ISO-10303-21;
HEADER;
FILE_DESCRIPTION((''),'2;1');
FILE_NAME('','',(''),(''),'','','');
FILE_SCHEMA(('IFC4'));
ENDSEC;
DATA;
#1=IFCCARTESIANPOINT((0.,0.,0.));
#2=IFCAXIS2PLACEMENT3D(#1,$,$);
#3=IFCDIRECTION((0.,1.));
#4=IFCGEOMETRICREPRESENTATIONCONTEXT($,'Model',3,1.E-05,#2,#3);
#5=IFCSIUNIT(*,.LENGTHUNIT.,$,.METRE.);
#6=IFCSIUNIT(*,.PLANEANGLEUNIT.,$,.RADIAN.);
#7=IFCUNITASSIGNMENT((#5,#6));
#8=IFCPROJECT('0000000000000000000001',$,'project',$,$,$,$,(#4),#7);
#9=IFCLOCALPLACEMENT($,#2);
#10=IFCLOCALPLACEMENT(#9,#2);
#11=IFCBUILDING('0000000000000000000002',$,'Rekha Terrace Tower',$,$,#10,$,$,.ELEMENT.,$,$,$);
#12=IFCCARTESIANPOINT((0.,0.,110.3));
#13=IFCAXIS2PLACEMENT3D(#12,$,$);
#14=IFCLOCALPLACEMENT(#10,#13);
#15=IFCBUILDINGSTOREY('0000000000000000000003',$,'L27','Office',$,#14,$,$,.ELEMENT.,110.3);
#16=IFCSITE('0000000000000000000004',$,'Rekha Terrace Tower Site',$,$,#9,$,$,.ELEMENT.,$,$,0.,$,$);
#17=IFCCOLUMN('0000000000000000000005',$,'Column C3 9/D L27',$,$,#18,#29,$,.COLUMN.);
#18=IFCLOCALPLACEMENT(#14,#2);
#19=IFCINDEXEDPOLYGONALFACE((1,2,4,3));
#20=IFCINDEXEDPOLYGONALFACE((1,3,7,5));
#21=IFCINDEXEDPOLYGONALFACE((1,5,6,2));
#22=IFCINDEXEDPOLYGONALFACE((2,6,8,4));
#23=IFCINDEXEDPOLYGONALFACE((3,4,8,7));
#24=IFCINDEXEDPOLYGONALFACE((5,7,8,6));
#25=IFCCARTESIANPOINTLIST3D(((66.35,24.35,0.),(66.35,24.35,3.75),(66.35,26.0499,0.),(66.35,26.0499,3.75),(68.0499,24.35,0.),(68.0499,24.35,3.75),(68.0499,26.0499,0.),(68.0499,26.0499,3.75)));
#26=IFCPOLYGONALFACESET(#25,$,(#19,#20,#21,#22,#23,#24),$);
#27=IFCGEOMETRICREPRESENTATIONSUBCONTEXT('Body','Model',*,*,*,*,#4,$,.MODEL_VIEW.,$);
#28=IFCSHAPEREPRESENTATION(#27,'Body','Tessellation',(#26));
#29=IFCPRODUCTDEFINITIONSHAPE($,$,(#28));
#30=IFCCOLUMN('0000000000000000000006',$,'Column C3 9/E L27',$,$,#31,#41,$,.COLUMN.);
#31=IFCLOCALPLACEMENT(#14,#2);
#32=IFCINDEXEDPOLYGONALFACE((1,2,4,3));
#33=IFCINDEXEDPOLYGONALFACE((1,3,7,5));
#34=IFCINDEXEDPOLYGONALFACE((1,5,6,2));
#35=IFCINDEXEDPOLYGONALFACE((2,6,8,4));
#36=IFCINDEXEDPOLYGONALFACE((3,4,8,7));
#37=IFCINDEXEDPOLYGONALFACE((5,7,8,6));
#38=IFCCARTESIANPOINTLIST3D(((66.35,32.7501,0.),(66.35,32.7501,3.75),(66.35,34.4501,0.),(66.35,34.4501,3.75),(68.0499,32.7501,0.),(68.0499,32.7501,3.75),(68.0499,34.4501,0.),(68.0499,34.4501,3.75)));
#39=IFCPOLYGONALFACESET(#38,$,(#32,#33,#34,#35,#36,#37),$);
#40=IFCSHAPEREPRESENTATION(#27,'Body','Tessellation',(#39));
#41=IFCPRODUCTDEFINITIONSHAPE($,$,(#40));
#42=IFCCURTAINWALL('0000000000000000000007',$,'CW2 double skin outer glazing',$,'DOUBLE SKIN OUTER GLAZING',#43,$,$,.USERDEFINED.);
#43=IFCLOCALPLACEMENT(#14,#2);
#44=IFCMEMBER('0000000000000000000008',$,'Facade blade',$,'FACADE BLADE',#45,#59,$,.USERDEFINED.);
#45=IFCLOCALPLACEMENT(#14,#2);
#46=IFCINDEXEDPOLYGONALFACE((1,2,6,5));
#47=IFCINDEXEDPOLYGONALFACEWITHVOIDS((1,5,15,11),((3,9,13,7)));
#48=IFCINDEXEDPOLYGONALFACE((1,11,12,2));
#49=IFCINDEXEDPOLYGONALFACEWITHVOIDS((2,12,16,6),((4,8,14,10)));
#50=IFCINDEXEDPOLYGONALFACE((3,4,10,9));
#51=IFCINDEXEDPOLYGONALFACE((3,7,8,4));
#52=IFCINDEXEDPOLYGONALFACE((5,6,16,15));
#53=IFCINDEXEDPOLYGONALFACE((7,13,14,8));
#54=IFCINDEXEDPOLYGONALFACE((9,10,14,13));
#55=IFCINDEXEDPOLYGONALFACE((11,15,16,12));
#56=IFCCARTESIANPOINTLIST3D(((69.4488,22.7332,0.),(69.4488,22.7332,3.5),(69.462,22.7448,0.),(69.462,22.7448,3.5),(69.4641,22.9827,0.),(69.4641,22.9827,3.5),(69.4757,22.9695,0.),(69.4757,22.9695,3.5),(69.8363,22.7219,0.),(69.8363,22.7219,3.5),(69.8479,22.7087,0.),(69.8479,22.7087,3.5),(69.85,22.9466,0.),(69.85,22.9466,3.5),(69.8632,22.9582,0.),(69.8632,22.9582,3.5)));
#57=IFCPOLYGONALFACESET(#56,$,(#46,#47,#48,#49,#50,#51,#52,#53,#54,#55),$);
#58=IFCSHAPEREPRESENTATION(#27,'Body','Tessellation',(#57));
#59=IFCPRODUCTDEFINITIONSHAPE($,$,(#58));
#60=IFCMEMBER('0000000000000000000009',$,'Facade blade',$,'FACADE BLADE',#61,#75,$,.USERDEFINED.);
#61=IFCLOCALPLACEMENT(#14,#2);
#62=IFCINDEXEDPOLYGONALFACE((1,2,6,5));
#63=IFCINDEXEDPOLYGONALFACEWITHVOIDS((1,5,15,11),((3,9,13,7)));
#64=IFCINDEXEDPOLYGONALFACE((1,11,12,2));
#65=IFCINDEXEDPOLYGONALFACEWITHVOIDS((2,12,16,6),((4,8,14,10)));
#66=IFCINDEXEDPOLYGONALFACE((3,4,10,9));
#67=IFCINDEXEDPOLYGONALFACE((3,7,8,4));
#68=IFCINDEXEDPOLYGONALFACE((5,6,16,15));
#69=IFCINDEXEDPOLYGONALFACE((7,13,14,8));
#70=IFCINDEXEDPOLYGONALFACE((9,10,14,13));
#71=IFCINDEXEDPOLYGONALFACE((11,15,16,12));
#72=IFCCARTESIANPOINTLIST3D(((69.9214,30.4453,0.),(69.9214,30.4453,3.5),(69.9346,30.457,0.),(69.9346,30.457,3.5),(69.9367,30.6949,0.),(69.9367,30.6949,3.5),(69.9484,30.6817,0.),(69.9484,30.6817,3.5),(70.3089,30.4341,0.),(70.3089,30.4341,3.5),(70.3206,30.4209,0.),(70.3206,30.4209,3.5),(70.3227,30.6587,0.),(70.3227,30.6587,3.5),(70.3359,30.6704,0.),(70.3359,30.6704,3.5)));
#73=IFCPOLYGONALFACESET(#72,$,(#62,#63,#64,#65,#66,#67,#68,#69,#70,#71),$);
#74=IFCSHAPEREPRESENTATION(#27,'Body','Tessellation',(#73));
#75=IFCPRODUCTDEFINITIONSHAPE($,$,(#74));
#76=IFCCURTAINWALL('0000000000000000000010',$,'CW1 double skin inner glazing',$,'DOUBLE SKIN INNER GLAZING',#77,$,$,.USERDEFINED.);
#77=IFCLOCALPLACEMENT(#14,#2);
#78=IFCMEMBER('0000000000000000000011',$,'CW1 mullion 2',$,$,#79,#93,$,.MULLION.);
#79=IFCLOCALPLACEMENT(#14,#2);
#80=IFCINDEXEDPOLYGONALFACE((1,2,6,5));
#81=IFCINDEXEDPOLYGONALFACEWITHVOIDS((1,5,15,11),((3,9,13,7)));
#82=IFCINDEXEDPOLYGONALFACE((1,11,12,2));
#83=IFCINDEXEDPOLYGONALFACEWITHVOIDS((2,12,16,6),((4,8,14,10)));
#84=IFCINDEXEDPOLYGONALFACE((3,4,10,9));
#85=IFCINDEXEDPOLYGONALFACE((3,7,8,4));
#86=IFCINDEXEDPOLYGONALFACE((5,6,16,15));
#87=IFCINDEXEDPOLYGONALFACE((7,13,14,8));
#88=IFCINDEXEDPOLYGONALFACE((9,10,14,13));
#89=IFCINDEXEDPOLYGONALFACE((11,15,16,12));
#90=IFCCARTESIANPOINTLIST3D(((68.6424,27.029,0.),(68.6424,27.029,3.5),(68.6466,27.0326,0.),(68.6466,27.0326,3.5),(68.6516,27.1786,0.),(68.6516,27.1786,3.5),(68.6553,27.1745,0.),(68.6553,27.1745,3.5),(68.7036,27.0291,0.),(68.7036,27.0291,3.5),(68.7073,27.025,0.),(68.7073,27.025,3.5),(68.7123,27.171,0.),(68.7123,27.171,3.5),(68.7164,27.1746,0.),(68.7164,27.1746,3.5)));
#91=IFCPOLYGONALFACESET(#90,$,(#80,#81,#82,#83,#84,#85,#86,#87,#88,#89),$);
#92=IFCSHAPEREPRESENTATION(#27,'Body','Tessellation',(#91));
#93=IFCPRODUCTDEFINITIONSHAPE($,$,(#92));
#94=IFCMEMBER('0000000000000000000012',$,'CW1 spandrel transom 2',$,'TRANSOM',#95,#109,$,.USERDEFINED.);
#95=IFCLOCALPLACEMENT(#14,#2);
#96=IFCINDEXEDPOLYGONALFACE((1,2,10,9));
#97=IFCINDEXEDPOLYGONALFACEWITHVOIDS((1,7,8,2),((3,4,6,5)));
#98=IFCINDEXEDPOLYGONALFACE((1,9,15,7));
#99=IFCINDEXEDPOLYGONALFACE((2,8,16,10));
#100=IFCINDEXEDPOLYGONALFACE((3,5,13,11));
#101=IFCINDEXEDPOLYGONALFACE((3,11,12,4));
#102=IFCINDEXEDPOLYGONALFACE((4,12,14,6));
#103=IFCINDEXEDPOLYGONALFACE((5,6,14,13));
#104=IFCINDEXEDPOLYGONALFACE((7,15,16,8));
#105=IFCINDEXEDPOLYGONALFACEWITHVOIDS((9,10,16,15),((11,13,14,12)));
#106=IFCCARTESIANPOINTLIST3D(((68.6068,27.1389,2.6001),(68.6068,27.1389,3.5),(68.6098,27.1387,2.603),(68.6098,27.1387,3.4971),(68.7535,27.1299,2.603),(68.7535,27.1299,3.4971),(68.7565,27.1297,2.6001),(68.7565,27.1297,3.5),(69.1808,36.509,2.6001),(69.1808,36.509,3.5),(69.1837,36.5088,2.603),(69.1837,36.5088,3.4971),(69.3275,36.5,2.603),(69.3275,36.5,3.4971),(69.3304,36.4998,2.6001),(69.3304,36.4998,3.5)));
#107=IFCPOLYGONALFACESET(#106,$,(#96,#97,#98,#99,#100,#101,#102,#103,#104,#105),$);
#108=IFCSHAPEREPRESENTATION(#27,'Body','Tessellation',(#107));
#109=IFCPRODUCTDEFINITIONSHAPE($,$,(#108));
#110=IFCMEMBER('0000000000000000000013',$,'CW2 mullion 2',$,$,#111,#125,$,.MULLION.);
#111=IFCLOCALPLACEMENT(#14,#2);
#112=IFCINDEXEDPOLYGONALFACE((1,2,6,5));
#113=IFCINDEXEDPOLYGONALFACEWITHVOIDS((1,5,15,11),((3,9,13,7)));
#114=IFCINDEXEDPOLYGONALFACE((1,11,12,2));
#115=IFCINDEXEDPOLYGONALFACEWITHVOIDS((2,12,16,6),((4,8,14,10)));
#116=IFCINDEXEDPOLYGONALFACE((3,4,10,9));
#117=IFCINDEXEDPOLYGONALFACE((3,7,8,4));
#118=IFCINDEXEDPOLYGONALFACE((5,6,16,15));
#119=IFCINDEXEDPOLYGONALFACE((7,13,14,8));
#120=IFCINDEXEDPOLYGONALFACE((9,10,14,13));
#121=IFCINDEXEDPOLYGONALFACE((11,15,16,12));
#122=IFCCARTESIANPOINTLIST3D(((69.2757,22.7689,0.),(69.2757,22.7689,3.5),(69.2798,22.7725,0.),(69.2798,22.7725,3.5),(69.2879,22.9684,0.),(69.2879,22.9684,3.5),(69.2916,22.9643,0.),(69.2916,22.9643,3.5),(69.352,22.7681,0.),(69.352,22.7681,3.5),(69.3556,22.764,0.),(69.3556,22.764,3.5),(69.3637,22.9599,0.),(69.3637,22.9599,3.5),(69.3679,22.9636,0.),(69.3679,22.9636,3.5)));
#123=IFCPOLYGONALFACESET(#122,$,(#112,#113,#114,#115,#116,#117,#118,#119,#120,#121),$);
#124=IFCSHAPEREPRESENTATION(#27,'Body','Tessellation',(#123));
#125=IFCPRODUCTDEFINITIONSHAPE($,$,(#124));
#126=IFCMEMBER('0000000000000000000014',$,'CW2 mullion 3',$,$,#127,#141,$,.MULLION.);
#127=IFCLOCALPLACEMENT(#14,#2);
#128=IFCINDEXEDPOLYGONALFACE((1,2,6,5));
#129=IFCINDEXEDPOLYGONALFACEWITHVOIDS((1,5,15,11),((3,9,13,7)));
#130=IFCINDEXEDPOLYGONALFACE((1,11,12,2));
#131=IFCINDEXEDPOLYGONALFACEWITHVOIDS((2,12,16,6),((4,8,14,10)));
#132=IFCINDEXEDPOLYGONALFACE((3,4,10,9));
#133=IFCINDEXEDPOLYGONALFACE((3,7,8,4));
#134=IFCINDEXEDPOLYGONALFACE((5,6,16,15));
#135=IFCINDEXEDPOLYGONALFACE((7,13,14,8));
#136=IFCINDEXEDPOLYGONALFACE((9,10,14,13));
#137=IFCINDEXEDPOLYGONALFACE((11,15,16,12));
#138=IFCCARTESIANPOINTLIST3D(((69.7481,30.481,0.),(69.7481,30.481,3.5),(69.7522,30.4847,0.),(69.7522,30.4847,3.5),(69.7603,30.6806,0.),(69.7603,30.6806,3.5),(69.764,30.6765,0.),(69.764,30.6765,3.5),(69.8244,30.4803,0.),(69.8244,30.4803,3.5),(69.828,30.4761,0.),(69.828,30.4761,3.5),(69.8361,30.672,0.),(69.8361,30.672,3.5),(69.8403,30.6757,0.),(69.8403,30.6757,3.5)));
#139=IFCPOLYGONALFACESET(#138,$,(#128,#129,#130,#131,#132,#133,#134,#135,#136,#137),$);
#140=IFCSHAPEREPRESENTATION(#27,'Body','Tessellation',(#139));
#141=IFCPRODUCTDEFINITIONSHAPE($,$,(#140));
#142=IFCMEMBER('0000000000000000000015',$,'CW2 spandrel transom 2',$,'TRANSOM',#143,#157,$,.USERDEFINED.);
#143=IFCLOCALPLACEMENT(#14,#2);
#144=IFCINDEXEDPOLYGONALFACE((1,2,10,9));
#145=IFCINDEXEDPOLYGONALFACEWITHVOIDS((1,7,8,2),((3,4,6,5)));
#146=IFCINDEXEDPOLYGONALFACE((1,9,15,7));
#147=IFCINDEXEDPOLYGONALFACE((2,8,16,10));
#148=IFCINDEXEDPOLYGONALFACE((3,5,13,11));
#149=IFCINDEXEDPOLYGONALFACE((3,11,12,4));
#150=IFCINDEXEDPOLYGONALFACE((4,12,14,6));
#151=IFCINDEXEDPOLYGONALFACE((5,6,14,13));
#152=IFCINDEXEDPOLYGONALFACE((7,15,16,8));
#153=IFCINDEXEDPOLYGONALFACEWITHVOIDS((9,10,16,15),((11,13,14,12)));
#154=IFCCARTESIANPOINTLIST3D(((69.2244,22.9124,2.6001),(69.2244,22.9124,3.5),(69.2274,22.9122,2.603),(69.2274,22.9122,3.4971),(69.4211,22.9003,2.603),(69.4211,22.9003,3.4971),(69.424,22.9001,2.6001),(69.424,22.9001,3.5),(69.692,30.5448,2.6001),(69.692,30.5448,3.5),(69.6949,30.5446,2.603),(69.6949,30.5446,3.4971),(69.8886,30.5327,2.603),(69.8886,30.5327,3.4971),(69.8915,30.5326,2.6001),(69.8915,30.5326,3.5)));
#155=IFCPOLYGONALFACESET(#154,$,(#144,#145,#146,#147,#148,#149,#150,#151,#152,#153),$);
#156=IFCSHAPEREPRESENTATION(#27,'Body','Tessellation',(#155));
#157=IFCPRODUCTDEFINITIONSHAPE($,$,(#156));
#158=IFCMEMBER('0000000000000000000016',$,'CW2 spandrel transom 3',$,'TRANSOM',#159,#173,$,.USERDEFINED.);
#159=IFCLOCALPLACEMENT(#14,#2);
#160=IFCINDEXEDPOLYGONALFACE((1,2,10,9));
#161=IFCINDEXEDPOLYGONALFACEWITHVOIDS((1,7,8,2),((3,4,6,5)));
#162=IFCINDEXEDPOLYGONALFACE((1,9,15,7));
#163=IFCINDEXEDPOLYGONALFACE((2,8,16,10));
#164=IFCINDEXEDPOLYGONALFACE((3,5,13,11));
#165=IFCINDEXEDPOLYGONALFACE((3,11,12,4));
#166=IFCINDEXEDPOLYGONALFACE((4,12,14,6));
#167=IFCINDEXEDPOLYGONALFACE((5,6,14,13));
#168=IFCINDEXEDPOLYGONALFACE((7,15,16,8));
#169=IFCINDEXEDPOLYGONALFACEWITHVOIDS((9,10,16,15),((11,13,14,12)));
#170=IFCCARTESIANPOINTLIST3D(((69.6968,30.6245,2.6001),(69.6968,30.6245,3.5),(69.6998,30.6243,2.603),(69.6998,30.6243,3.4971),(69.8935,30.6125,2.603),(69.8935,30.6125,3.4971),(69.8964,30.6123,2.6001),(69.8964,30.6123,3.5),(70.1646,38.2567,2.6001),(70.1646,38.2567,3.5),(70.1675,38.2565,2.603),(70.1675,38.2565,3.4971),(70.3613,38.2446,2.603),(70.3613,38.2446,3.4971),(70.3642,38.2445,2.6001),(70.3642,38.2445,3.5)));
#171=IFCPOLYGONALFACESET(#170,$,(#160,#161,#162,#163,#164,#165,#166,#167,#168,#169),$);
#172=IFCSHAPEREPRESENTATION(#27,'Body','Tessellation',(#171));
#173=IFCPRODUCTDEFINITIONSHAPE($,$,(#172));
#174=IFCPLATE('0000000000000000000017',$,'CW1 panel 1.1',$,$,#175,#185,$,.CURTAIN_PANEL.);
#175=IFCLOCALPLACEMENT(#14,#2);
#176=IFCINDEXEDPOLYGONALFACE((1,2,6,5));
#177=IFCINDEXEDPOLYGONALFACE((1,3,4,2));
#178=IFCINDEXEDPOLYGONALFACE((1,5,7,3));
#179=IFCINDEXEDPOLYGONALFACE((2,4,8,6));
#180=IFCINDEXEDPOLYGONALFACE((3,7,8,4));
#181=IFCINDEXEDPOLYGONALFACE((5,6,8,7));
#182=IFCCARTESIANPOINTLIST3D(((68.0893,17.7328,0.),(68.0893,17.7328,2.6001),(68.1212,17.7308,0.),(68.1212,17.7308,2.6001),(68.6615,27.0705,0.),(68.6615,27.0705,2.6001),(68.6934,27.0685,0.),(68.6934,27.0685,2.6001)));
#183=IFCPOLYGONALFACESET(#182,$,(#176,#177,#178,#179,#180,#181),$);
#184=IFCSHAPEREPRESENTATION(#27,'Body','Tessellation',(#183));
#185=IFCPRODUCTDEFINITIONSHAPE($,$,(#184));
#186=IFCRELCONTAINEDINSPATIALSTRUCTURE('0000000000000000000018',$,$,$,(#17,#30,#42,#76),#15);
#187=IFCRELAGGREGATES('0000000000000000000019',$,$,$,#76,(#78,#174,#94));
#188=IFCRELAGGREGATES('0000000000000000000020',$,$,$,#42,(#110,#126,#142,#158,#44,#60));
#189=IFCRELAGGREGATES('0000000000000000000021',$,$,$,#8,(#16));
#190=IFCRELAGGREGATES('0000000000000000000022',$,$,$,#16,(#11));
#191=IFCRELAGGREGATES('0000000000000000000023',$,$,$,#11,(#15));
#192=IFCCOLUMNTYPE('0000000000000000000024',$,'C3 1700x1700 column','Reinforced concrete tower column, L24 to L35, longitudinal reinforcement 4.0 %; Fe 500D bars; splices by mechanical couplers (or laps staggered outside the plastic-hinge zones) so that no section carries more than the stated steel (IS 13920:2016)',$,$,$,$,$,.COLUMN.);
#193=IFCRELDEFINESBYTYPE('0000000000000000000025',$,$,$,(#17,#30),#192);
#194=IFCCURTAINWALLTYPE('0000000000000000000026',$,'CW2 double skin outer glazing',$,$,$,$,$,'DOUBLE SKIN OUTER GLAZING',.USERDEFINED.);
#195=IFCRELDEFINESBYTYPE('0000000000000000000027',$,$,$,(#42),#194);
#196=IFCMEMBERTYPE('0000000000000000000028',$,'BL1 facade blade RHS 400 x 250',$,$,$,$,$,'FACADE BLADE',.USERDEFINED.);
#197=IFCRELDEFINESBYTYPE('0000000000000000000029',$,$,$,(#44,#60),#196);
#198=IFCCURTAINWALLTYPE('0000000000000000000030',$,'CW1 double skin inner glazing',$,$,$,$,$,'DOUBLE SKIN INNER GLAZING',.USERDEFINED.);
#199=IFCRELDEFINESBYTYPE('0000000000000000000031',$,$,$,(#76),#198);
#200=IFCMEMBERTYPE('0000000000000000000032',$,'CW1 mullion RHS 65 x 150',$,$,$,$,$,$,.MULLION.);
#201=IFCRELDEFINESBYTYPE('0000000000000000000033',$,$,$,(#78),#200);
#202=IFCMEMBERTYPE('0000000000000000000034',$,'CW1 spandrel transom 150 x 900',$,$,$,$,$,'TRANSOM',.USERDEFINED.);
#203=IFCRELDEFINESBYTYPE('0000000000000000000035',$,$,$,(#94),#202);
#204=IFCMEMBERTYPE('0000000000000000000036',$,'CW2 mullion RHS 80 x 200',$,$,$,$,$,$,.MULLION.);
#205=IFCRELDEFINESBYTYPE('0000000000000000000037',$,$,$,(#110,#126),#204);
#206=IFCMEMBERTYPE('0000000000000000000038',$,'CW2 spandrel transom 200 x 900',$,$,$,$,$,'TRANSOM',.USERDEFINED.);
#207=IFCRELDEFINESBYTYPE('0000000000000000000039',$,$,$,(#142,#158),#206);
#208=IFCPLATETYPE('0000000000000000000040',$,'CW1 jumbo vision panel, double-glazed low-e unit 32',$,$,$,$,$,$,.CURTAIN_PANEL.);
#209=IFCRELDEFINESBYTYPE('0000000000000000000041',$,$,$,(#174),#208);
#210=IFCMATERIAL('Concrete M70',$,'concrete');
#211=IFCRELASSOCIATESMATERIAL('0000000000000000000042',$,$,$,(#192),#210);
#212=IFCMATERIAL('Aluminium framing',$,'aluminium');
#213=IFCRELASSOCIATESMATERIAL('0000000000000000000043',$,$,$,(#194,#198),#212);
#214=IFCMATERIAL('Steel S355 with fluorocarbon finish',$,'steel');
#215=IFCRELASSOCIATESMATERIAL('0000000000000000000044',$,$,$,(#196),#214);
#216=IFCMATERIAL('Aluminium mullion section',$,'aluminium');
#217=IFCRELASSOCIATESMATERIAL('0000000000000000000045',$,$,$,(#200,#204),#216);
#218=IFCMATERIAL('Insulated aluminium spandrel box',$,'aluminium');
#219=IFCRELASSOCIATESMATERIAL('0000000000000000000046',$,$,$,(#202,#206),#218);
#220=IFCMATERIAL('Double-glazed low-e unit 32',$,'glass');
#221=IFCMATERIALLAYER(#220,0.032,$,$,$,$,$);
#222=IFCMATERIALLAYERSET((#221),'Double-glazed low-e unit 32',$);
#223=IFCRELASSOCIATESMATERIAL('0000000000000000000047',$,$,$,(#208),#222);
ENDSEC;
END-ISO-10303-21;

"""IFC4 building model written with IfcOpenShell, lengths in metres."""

from ifc_helpers import new_model, si_unit, direction, frame, origin, origin_2d, place, context, subcontext, project, spatial, rectangle, hollow_rectangle, extrude, material, layer, layer_set, material_profile, profile_set, type_object, element, aggregate, save


model = new_model("IFC4")

# Units and contexts
model_context = context("Model", 3, precision=1e-05, world=origin(), true_north=direction((0.0, 1.0)))
body_context = subcontext(model_context, "Body", "Model", "MODEL_VIEW")
ifc_project = project(units=[si_unit("LENGTHUNIT", "METRE"), si_unit("PLANEANGLEUNIT", "RADIAN")], contexts=[model_context])

# Site, building, storey
site_placement = place(None, origin())
site = spatial("IfcSite", under=ifc_project, at=site_placement, Name="Rekha Terrace Tower Site", CompositionType="ELEMENT", RefElevation=0.0)
building_placement = place(site_placement, origin())
building = spatial("IfcBuilding", under=site, at=building_placement, Name="Rekha Terrace Tower", CompositionType="ELEMENT")
storey_placement = place(building_placement, frame((0.0, 0.0, 110.3)))
storey = spatial("IfcBuildingStorey", under=building, at=storey_placement, Name="L27", Description="Office", CompositionType="ELEMENT", Elevation=110.3)

# Columns
ifc_material_1 = material(Name="Concrete M70", Category="concrete")
ifc_material_profile_1 = material_profile(ifc_material_1, rectangle(XDim=1.7, YDim=1.7, at=origin_2d()), Name="RC 1700x1700")
ifc_profile_set_1 = profile_set([ifc_material_profile_1], Name="Concrete M70")
column_type = type_object("IfcColumnType", Name="C3 1700x1700 column", Description="Reinforced concrete tower column, L24 to L35, longitudinal reinforcement 4.0 %; Fe 500D bars; splices by mechanical couplers (or laps staggered outside the plastic-hinge zones) so that no section carries more than the stated steel (IS 13920:2016)", PredefinedType="COLUMN", material=ifc_profile_set_1)
for number, where, z_axis, x_axis, name in (
    (1, (67.2, 25.2, 0.0), (0.0, 0.0, 1.0), (1.0, 0.0, 0.0), "Column C3 9/D L27"),
    (2, (67.2, 33.6001, 0.0), (0.0, 0.0, 1.0), (1.0, 0.0, 0.0), "Column C3 9/E L27"),
):
    element("IfcColumn", number, at=place(storey_placement, frame(where, z_axis=z_axis, x_axis=x_axis)), inside=storey, type_object=column_type, Name=name, PredefinedType="COLUMN", context=body_context, shape_type="SweptSolid", body=[
        extrude(rectangle(XDim=1.7, YDim=1.7, at=origin_2d()), origin(), (0.0, 0.0, 1.0), 3.75),
    ])

# Curtain walls, members
ifc_material_2 = material(Name="Aluminium framing", Category="aluminium")
curtain_wall_type_1 = type_object("IfcCurtainWallType", Name="CW2 double skin outer glazing", ElementType="DOUBLE SKIN OUTER GLAZING", PredefinedType="USERDEFINED", material=ifc_material_2)
curtain_wall_1_placement = place(storey_placement, origin())
curtain_wall_1 = element("IfcCurtainWall", 3, at=curtain_wall_1_placement, inside=storey, type_object=curtain_wall_type_1, Name="CW2 double skin outer glazing", ObjectType="DOUBLE SKIN OUTER GLAZING", PredefinedType="USERDEFINED")
ifc_material_3 = material(Name="Steel S355 with fluorocarbon finish", Category="steel")
ifc_material_profile_2 = material_profile(ifc_material_3, hollow_rectangle(XDim=0.25, YDim=0.3999, WallThickness=0.0125, at=origin_2d()), Name="RHS400x250x12.5")
ifc_profile_set_2 = profile_set([ifc_material_profile_2], Name="Steel S355 with fluorocarbon finish")
member_type_1 = type_object("IfcMemberType", Name="BL1 facade blade RHS 400 x 250", ElementType="FACADE BLADE", PredefinedType="USERDEFINED", material=ifc_profile_set_2)
member_1_placement = place(storey_placement, frame((69.656, 22.8457, 0.0), z_axis=(0.0, 0.0, 1.0), x_axis=(0.06116, 0.998128, 0.0)))
member_1 = element("IfcMember", 4, at=member_1_placement, type_object=member_type_1, Name="Facade blade", ObjectType="FACADE BLADE", PredefinedType="USERDEFINED", context=body_context, shape_type="SweptSolid", body=[
    extrude(hollow_rectangle(XDim=0.25, YDim=0.3999, WallThickness=0.0125, at=origin_2d()), origin(), (0.0, 0.0, 1.0), 3.5),
])
member_2_placement = place(storey_placement, frame((70.1287, 30.5579, 0.0), z_axis=(0.0, 0.0, 1.0), x_axis=(0.06116, 0.998128, 0.0)))
member_2 = element("IfcMember", 5, at=member_2_placement, type_object=member_type_1, Name="Facade blade", ObjectType="FACADE BLADE", PredefinedType="USERDEFINED", context=body_context, shape_type="SweptSolid", body=[
    extrude(hollow_rectangle(XDim=0.25, YDim=0.3999, WallThickness=0.0125, at=origin_2d()), origin(), (0.0, 0.0, 1.0), 3.5),
])
curtain_wall_type_2 = type_object("IfcCurtainWallType", Name="CW1 double skin inner glazing", ElementType="DOUBLE SKIN INNER GLAZING", PredefinedType="USERDEFINED", material=ifc_material_2)
curtain_wall_2_placement = place(storey_placement, origin())
curtain_wall_2 = element("IfcCurtainWall", 6, at=curtain_wall_2_placement, inside=storey, type_object=curtain_wall_type_2, Name="CW1 double skin inner glazing", ObjectType="DOUBLE SKIN INNER GLAZING", PredefinedType="USERDEFINED")
ifc_material_4 = material(Name="Aluminium mullion section", Category="aluminium")
ifc_material_profile_3 = material_profile(ifc_material_4, hollow_rectangle(XDim=0.0649, YDim=0.1499, WallThickness=0.0039, at=origin_2d()), Name="AL RHS 65x150")
ifc_profile_set_3 = profile_set([ifc_material_profile_3], Name="Aluminium mullion section")
member_type_2 = type_object("IfcMemberType", Name="CW1 mullion RHS 65 x 150", PredefinedType="MULLION", material=ifc_profile_set_3)
member_3_placement = place(storey_placement, frame((68.6794, 27.1018, 0.0), z_axis=(0.0, 0.0, 1.0), x_axis=(-0.998128, 0.06116, 0.0)))
member_3 = element("IfcMember", 7, at=member_3_placement, type_object=member_type_2, Name="CW1 mullion 2", PredefinedType="MULLION", context=body_context, shape_type="SweptSolid", body=[
    extrude(hollow_rectangle(XDim=0.0649, YDim=0.1499, WallThickness=0.0039, at=origin_2d()), origin(), (0.0, 0.0, 1.0), 3.5),
])
ifc_material_5 = material(Name="Insulated aluminium spandrel box", Category="aluminium")
ifc_material_profile_4 = material_profile(ifc_material_5, hollow_rectangle(XDim=0.1499, YDim=0.8999, WallThickness=0.0029, at=origin_2d()), Name="AL SPANDREL BOX 150x900")
ifc_profile_set_4 = profile_set([ifc_material_profile_4], Name="Insulated aluminium spandrel box")
member_type_3 = type_object("IfcMemberType", Name="CW1 spandrel transom 150 x 900", ElementType="TRANSOM", PredefinedType="USERDEFINED", material=ifc_profile_set_4)
member_4_placement = place(storey_placement, frame((68.6816, 27.1343, 3.05), z_axis=(0.061141, 0.998129, 0.0), x_axis=(-0.998129, 0.061141, 0.0)))
member_4 = element("IfcMember", 8, at=member_4_placement, type_object=member_type_3, Name="CW1 spandrel transom 2", ObjectType="TRANSOM", PredefinedType="USERDEFINED", context=body_context, shape_type="SweptSolid", body=[
    extrude(hollow_rectangle(XDim=0.1499, YDim=0.8999, WallThickness=0.0029, at=origin_2d()), origin(), (0.0, 0.0, 1.0), 9.3877),
])

# Members
ifc_material_profile_5 = material_profile(ifc_material_4, hollow_rectangle(XDim=0.0801, YDim=0.2, WallThickness=0.0039, at=origin_2d()), Name="AL RHS 80x200")
ifc_profile_set_5 = profile_set([ifc_material_profile_5], Name="Aluminium mullion section")
member_type_4 = type_object("IfcMemberType", Name="CW2 mullion RHS 80 x 200", PredefinedType="MULLION", material=ifc_profile_set_5)
member_5_placement = place(storey_placement, frame((69.3218, 22.8662, 0.0), z_axis=(0.0, 0.0, 1.0), x_axis=(-0.998128, 0.06116, 0.0)))
member_5 = element("IfcMember", 9, at=member_5_placement, type_object=member_type_4, Name="CW2 mullion 2", PredefinedType="MULLION", context=body_context, shape_type="SweptSolid", body=[
    extrude(hollow_rectangle(XDim=0.0801, YDim=0.2, WallThickness=0.0039, at=origin_2d()), origin(), (0.0, 0.0, 1.0), 3.5),
])
member_6_placement = place(storey_placement, frame((69.7942, 30.5784, 0.0), z_axis=(0.0, 0.0, 1.0), x_axis=(-0.998128, 0.06116, 0.0)))
member_6 = element("IfcMember", 10, at=member_6_placement, type_object=member_type_4, Name="CW2 mullion 3", PredefinedType="MULLION", context=body_context, shape_type="SweptSolid", body=[
    extrude(hollow_rectangle(XDim=0.0801, YDim=0.2, WallThickness=0.0039, at=origin_2d()), origin(), (0.0, 0.0, 1.0), 3.5),
])
ifc_material_profile_6 = material_profile(ifc_material_5, hollow_rectangle(XDim=0.2, YDim=0.8999, WallThickness=0.0029, at=origin_2d()), Name="AL SPANDREL BOX 200x900")
ifc_profile_set_6 = profile_set([ifc_material_profile_6], Name="Insulated aluminium spandrel box")
member_type_5 = type_object("IfcMemberType", Name="CW2 spandrel transom 200 x 900", ElementType="TRANSOM", PredefinedType="USERDEFINED", material=ifc_profile_set_6)
member_7_placement = place(storey_placement, frame((69.3242, 22.9062, 3.05), z_axis=(0.061142, 0.998129, 0.0), x_axis=(-0.998129, 0.061142, 0.0)))
member_7 = element("IfcMember", 11, at=member_7_placement, type_object=member_type_5, Name="CW2 spandrel transom 2", ObjectType="TRANSOM", PredefinedType="USERDEFINED", context=body_context, shape_type="SweptSolid", body=[
    extrude(hollow_rectangle(XDim=0.2, YDim=0.8999, WallThickness=0.0029, at=origin_2d()), origin(), (0.0, 0.0, 1.0), 7.6467),
])
member_8_placement = place(storey_placement, frame((69.7966, 30.6184, 3.05), z_axis=(0.061176, 0.998127, 0.0), x_axis=(-0.998127, 0.061176, 0.0)))
member_8 = element("IfcMember", 12, at=member_8_placement, type_object=member_type_5, Name="CW2 spandrel transom 3", ObjectType="TRANSOM", PredefinedType="USERDEFINED", context=body_context, shape_type="SweptSolid", body=[
    extrude(hollow_rectangle(XDim=0.2, YDim=0.8999, WallThickness=0.0029, at=origin_2d()), origin(), (0.0, 0.0, 1.0), 7.6465),
])

# Plate
ifc_material_6 = material(Name="Double-glazed low-e unit 32", Category="glass")
ifc_layer_1 = layer(ifc_material_6, 0.032)
ifc_layer_set_1 = layer_set([ifc_layer_1], Name="Double-glazed low-e unit 32")
plate_type_1 = type_object("IfcPlateType", Name="CW1 jumbo vision panel, double-glazed low-e unit 32", PredefinedType="CURTAIN_PANEL", material=ifc_layer_set_1)
plate_1_placement = place(storey_placement, frame((68.3914, 22.4006, 0.0), z_axis=(0.0, 0.0, 1.0), x_axis=(0.06116, 0.998128, 0.0)))
plate_1 = element("IfcPlate", 13, at=plate_1_placement, type_object=plate_type_1, Name="CW1 panel 1.1", PredefinedType="CURTAIN_PANEL", context=body_context, shape_type="SweptSolid", body=[
    extrude(rectangle(XDim=9.3552, YDim=0.032, at=origin_2d()), origin(), (0.0, 0.0, 1.0), 2.6001),
])
aggregate(curtain_wall_2, [member_3, plate_1, member_4])
aggregate(curtain_wall_1, [member_5, member_6, member_7, member_8, member_1, member_2])

save(model, "model.ifc")
